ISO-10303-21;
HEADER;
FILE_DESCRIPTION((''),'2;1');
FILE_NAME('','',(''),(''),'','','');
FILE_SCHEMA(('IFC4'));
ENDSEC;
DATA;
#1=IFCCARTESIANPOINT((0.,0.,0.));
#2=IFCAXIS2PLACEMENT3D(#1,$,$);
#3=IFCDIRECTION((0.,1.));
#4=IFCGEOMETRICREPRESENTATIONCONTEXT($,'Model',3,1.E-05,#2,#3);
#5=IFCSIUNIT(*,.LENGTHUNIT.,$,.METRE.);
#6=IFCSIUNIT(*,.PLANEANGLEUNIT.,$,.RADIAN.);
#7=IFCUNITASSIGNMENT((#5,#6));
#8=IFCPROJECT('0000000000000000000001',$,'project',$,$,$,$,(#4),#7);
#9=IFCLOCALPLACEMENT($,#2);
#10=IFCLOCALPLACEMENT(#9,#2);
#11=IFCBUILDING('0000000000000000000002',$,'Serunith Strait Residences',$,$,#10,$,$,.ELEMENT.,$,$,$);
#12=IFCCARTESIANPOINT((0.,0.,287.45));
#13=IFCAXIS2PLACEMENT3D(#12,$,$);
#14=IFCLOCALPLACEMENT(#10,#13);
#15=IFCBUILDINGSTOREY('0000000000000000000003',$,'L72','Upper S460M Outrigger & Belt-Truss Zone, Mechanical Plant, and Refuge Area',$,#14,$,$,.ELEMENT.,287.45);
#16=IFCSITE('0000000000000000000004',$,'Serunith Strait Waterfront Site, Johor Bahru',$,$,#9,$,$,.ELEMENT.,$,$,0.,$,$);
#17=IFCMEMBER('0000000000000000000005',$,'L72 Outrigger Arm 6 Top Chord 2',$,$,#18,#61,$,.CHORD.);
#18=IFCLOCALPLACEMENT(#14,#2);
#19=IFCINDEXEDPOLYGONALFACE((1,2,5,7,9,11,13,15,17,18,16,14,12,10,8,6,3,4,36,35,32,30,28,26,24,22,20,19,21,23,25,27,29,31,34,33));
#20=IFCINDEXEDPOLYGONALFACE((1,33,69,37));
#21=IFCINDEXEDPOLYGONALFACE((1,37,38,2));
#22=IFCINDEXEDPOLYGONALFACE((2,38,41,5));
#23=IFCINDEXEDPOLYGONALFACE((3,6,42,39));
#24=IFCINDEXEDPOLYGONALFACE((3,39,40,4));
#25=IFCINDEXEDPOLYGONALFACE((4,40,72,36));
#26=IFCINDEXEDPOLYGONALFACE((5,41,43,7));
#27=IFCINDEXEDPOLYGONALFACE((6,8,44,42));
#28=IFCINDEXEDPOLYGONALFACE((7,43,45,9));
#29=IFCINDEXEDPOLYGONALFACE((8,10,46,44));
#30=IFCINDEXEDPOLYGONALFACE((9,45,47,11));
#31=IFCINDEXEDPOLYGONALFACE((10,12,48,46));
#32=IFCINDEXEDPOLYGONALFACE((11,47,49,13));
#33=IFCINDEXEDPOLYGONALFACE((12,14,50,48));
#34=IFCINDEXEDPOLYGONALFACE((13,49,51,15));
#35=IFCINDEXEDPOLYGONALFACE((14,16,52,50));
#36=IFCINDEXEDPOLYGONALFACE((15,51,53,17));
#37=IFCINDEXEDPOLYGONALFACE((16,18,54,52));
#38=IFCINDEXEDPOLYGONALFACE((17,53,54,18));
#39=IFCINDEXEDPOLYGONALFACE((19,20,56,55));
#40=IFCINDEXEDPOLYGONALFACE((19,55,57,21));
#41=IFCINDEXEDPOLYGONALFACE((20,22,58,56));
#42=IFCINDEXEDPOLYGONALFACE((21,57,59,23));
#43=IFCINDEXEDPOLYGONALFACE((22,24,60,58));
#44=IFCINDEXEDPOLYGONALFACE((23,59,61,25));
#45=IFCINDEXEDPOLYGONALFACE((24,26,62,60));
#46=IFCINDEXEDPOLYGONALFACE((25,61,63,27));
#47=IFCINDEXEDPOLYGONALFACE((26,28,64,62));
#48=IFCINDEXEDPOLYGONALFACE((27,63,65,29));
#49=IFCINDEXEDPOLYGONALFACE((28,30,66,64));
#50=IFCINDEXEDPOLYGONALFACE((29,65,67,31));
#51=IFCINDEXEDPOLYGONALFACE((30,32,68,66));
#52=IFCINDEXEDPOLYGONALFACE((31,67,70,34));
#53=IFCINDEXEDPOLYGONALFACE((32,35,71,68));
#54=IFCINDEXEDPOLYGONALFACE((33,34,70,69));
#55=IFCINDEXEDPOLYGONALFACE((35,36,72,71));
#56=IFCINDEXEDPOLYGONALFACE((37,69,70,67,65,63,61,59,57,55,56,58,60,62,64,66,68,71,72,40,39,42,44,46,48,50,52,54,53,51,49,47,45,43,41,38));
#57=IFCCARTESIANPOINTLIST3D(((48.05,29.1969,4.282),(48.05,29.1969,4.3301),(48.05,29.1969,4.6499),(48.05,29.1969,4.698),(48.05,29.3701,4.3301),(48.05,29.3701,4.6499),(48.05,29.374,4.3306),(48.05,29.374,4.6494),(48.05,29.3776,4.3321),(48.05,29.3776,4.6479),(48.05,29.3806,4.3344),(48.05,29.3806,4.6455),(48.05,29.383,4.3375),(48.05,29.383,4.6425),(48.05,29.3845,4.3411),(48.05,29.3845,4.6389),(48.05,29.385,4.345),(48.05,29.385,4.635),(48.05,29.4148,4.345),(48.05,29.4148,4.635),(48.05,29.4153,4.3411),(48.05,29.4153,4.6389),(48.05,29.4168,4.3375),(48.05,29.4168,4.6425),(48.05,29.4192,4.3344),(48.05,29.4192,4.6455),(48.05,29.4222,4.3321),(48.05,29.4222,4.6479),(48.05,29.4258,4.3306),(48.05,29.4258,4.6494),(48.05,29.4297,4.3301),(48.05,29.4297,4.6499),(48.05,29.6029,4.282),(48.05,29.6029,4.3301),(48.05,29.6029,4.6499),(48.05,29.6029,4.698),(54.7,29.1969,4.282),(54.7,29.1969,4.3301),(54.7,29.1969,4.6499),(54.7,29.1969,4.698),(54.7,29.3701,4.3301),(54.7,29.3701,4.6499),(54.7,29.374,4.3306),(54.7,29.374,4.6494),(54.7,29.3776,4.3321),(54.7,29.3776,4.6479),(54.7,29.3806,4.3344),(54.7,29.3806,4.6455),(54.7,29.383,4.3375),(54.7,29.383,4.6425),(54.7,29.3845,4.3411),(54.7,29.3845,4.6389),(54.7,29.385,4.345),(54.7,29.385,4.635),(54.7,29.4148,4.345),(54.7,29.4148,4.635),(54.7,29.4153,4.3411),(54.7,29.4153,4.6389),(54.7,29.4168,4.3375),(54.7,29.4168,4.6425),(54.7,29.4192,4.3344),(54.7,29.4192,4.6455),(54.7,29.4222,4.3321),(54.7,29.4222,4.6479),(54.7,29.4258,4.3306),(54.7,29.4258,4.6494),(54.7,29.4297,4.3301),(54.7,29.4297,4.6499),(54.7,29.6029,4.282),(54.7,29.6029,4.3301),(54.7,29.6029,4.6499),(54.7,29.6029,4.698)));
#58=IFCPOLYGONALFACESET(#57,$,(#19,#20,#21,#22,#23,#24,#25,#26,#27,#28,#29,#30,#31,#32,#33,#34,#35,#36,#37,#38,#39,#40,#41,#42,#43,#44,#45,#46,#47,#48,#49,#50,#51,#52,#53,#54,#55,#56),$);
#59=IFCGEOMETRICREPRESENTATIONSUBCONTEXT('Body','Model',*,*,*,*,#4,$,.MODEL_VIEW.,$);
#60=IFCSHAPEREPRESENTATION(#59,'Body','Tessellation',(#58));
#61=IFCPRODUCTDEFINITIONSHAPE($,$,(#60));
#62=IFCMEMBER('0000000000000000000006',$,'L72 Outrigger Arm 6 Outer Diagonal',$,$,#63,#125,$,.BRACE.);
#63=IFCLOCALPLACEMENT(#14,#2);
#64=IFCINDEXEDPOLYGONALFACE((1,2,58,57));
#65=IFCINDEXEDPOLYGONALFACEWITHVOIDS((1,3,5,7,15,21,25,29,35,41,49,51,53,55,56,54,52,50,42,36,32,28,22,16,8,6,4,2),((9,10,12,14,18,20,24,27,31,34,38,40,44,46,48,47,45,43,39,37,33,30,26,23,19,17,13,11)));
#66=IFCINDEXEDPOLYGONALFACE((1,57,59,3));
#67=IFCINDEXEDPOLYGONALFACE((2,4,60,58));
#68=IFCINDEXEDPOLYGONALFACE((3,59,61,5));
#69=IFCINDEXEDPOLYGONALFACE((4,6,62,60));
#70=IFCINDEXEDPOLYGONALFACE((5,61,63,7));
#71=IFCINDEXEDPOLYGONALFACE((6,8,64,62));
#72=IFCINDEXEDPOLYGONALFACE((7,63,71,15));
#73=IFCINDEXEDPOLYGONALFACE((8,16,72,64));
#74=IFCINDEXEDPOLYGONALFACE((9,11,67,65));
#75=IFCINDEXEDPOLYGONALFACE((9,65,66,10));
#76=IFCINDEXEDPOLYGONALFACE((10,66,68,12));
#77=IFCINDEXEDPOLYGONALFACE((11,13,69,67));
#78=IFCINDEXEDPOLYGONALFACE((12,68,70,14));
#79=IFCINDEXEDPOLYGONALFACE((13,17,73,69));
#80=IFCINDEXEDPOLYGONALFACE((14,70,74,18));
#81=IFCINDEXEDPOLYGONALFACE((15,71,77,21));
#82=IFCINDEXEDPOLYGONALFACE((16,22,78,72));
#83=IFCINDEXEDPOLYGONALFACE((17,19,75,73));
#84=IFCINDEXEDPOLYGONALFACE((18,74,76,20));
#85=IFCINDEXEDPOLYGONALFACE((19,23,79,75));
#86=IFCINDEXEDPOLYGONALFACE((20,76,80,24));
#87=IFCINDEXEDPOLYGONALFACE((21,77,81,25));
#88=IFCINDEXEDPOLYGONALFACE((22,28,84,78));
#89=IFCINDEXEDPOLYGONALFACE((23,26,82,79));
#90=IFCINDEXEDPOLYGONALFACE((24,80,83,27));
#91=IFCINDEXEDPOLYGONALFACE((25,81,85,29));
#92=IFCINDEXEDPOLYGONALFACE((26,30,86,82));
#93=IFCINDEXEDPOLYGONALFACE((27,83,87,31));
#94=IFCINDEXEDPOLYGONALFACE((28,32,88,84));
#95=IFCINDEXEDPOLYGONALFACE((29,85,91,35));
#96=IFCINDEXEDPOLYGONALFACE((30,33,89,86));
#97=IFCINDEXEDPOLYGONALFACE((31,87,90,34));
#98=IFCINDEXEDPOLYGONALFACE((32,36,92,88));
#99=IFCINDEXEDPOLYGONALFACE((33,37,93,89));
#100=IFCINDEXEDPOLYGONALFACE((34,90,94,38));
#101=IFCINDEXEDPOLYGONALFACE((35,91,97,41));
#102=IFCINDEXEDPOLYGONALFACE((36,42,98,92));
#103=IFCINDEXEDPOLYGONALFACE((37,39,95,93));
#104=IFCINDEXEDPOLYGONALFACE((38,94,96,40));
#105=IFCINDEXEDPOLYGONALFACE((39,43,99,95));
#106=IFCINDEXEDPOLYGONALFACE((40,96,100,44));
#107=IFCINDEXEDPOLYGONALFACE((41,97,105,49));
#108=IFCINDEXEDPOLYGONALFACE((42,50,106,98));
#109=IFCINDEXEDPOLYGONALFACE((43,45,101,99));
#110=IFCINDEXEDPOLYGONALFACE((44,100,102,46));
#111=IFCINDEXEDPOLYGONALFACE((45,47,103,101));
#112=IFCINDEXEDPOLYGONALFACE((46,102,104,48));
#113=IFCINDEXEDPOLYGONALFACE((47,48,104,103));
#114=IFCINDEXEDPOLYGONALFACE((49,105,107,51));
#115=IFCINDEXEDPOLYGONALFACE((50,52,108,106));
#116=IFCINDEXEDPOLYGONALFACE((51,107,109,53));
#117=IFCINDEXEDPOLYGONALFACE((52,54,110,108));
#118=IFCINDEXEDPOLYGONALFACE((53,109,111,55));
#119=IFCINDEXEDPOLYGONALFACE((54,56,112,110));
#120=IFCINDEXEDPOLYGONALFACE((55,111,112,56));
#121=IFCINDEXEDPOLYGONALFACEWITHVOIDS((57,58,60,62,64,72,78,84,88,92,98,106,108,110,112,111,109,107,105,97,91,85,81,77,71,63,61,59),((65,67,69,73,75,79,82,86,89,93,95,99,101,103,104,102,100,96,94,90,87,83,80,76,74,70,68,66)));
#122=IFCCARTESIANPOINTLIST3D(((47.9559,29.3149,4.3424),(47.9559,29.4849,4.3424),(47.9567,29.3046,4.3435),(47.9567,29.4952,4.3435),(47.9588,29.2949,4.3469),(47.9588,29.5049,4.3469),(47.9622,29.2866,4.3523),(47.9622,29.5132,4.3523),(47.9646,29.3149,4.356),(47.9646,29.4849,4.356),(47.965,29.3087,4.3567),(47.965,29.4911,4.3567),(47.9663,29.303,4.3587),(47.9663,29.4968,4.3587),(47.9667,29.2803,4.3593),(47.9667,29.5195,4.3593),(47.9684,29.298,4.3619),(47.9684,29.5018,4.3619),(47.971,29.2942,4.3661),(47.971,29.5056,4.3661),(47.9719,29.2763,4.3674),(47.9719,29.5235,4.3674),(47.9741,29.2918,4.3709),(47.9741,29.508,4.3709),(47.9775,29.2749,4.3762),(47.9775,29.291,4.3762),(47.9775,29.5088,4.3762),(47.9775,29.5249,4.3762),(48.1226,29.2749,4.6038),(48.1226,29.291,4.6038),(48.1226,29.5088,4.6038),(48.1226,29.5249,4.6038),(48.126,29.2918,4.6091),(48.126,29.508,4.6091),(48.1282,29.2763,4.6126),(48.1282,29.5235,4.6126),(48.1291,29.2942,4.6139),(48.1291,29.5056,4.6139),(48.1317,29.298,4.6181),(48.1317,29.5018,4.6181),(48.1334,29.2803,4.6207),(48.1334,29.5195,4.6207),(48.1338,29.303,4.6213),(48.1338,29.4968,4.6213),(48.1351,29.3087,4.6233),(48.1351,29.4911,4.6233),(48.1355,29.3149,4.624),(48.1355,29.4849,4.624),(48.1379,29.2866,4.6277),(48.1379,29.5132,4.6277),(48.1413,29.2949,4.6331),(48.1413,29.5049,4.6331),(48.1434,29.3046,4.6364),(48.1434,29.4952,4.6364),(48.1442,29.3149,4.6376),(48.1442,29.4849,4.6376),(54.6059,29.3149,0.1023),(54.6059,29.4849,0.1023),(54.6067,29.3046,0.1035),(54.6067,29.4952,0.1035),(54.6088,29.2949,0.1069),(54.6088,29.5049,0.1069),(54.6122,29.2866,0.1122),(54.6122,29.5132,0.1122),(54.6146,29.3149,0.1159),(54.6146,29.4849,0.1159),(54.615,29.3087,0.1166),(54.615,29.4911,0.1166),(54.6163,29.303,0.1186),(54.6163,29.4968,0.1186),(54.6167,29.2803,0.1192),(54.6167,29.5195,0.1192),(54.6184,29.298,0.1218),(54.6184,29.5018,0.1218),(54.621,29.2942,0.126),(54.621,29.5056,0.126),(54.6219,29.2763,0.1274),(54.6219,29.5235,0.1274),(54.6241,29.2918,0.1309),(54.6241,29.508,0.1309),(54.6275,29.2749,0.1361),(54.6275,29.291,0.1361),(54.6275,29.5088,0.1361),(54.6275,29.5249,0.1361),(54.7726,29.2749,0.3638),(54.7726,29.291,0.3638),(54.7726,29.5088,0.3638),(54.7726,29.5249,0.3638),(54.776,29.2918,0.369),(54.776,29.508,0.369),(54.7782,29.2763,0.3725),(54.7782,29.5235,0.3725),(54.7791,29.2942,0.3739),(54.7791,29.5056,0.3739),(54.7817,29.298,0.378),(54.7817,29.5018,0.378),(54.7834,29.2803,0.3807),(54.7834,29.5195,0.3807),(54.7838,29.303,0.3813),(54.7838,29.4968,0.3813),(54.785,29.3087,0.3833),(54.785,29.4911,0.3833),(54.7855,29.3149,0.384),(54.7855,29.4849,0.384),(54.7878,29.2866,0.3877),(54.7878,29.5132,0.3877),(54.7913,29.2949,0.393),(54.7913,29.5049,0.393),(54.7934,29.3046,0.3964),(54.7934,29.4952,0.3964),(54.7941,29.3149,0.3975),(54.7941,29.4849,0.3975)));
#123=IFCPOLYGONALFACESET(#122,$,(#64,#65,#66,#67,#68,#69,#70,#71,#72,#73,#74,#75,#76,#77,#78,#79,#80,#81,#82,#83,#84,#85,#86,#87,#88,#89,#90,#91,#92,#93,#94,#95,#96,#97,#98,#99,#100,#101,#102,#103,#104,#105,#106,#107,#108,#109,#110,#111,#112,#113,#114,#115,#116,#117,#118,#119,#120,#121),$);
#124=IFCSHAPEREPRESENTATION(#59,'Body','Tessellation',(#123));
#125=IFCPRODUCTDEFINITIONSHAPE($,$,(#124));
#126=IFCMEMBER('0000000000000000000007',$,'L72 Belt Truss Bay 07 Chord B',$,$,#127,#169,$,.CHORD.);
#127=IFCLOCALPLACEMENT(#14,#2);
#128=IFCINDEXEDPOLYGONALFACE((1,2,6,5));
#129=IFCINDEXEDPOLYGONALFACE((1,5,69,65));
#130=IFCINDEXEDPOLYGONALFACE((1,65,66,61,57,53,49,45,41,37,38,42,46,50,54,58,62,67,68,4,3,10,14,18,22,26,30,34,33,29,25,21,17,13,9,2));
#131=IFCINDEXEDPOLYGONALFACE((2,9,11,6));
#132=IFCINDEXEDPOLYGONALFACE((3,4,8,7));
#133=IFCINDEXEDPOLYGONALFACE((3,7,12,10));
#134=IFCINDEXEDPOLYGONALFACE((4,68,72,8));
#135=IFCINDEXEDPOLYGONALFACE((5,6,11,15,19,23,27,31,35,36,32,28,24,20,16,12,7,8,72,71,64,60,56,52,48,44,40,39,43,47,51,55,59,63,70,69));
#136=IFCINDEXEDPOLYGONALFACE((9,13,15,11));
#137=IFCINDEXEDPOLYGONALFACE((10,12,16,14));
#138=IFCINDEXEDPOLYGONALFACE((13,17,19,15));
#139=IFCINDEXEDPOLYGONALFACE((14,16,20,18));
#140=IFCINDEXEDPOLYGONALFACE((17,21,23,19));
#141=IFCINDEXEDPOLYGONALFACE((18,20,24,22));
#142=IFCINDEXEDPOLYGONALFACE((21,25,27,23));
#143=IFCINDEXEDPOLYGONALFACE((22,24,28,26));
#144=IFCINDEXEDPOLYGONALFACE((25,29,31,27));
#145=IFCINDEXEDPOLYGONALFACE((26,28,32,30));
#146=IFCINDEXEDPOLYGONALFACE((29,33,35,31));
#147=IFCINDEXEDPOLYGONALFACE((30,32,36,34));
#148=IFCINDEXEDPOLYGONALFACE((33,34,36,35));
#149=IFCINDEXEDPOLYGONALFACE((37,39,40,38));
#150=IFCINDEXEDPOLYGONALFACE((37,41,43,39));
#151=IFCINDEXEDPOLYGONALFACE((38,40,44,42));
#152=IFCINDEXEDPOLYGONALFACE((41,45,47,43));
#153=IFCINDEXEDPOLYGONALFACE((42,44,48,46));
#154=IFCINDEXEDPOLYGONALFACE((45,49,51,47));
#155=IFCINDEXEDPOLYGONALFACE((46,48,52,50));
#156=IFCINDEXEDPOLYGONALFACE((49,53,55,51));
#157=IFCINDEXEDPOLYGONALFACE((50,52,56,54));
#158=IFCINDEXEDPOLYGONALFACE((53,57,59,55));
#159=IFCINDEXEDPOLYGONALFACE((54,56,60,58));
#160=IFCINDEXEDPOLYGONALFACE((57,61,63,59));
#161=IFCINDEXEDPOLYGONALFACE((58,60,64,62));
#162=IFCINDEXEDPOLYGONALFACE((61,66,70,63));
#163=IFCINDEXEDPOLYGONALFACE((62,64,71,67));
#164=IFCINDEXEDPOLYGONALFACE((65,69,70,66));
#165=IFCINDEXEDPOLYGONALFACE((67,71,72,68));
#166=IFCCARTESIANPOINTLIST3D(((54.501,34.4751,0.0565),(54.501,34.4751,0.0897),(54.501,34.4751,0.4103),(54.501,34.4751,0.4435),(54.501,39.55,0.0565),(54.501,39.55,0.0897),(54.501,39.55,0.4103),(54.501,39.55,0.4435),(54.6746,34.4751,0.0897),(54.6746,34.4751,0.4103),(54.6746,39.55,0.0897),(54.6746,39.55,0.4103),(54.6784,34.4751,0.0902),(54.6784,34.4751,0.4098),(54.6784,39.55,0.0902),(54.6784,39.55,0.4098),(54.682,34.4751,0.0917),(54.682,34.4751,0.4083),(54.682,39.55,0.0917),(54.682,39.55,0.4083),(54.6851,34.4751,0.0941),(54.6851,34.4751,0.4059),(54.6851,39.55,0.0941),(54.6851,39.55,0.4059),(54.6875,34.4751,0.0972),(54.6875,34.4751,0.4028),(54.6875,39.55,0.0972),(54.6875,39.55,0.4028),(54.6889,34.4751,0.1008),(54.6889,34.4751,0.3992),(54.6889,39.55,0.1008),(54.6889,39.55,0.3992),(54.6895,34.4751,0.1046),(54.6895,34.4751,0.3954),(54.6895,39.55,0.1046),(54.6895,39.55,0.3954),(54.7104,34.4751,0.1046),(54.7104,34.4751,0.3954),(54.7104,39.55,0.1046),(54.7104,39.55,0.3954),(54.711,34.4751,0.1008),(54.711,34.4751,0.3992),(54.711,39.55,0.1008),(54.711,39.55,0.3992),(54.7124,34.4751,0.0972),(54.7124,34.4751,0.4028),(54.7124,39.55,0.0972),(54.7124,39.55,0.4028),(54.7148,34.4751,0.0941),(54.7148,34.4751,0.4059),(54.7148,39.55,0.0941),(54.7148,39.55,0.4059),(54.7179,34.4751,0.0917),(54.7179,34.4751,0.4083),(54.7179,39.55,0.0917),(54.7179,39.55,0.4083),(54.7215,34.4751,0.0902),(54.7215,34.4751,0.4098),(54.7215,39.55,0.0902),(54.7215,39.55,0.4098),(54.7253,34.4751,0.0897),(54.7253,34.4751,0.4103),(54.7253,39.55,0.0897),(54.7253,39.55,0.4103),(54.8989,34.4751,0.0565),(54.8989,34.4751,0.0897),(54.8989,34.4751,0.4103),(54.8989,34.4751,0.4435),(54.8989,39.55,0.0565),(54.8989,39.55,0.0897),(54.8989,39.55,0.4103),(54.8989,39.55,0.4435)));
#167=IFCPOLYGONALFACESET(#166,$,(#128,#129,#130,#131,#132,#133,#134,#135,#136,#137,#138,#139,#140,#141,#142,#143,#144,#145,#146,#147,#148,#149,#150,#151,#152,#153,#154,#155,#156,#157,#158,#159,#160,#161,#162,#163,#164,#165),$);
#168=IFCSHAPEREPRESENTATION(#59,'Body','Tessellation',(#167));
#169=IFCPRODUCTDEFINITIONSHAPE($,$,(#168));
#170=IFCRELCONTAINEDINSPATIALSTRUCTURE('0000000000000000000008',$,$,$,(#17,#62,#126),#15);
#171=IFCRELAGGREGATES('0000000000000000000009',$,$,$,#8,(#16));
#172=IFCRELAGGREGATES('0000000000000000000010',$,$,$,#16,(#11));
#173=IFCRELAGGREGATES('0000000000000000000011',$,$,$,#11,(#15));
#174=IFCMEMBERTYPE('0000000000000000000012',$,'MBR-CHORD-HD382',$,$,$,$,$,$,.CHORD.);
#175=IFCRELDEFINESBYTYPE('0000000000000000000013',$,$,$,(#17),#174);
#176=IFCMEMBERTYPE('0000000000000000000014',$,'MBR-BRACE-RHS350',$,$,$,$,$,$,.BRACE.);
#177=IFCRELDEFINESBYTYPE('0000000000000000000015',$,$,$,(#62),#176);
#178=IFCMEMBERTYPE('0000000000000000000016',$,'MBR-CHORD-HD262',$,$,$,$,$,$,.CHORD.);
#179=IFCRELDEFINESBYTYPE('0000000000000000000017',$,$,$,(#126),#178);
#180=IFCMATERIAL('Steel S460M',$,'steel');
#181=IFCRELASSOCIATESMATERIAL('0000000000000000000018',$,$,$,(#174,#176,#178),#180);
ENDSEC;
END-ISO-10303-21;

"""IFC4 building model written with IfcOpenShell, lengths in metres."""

from ifc_helpers import new_model, si_unit, direction, frame, origin, origin_2d, place, context, subcontext, project, spatial, hollow_rectangle, i_section, extrude, source, transform, mapped, material, material_profile, profile_set, type_object, element, save


model = new_model("IFC4")

# Units and contexts
model_context = context("Model", 3, precision=1e-05, world=origin(), true_north=direction((0.0, 1.0)))
body_context = subcontext(model_context, "Body", "Model", "MODEL_VIEW")
ifc_project = project(units=[si_unit("LENGTHUNIT", "METRE"), si_unit("PLANEANGLEUNIT", "RADIAN")], contexts=[model_context])

# Site, building, storey
site_placement = place(None, origin())
site = spatial("IfcSite", under=ifc_project, at=site_placement, Name="Serunith Strait Waterfront Site, Johor Bahru", CompositionType="ELEMENT", RefElevation=0.0)
building_placement = place(site_placement, origin())
building = spatial("IfcBuilding", under=site, at=building_placement, Name="Serunith Strait Residences", CompositionType="ELEMENT")
storey_placement = place(building_placement, frame((0.0, 0.0, 287.45)))
storey = spatial("IfcBuildingStorey", under=building, at=storey_placement, Name="L72", Description="Upper S460M Outrigger & Belt-Truss Zone, Mechanical Plant, and Refuge Area", CompositionType="ELEMENT", Elevation=287.45)

# Members
ifc_material_1 = material(Name="Steel S460M", Category="steel")
ifc_material_profile_1 = material_profile(ifc_material_1, i_section(OverallWidth=0.406, OverallDepth=0.416, WebThickness=0.0298, FlangeThickness=0.0481, FilletRadius=0.0149, at=origin_2d()), Name="HD 400x382")
ifc_profile_set_1 = profile_set([ifc_material_profile_1], Name="Steel S460M")
member_type_1 = type_object("IfcMemberType", Name="MBR-CHORD-HD382", PredefinedType="CHORD", material=ifc_profile_set_1)
shared_shape_1 = source(origin(), body_context, "Body", "SweptSolid", [
    extrude(i_section(OverallWidth=0.406, OverallDepth=0.416, WebThickness=0.0298, FlangeThickness=0.0481, FilletRadius=0.0149, at=origin_2d()), origin(), (0.0, 0.0, 1.0), 6.6499),
])
for number, where, z_axis, x_axis, name in (
    (1, (48.05, 29.3999, 4.49), (1.0, 0.0, 0.0), (0.0, 1.0, 0.0), "L72 Outrigger Arm 6 Top Chord 2"),
):
    element("IfcMember", number, at=place(storey_placement, frame(where, z_axis=z_axis, x_axis=x_axis)), inside=storey, type_object=member_type_1, Name=name, PredefinedType="CHORD", context=body_context, shape_type="MappedRepresentation", body=[
        mapped(shared_shape_1, transform((0.0, 0.0, 0.0), scale=1.0)),
    ])
ifc_material_profile_2 = material_profile(ifc_material_1, hollow_rectangle(XDim=0.25, YDim=0.3501, WallThickness=0.0161, InnerFilletRadius=0.0239, OuterFilletRadius=0.04, at=origin_2d()), Name="RHS 350x250x16")
ifc_profile_set_2 = profile_set([ifc_material_profile_2], Name="Steel S460M")
member_type_2 = type_object("IfcMemberType", Name="MBR-BRACE-RHS350", PredefinedType="BRACE", material=ifc_profile_set_2)
shared_shape_2 = source(origin(), body_context, "Body", "SweptSolid", [
    extrude(hollow_rectangle(XDim=0.25, YDim=0.3501, WallThickness=0.0161, InnerFilletRadius=0.0239, OuterFilletRadius=0.04, at=origin_2d()), origin(), (0.0, 0.0, 1.0), 7.8867),
])
member_1_placement = place(storey_placement, frame((48.05, 29.3999, 4.49), z_axis=(0.843188, 0.0, -0.537618), x_axis=(0.0, 1.0, 0.0)))
element("IfcMember", 2, at=member_1_placement, inside=storey, type_object=member_type_2, Name="L72 Outrigger Arm 6 Outer Diagonal", PredefinedType="BRACE", context=body_context, shape_type="MappedRepresentation", body=[
    mapped(shared_shape_2, transform((0.0, 0.0, 0.0), scale=1.0)),
])
ifc_material_profile_3 = material_profile(ifc_material_1, i_section(OverallWidth=0.3979, OverallDepth=0.387, WebThickness=0.021, FlangeThickness=0.0332, FilletRadius=0.0149, at=origin_2d()), Name="HD 400x262")
ifc_profile_set_3 = profile_set([ifc_material_profile_3], Name="Steel S460M")
member_type_3 = type_object("IfcMemberType", Name="MBR-CHORD-HD262", PredefinedType="CHORD", material=ifc_profile_set_3)
shared_shape_3 = source(origin(), body_context, "Body", "SweptSolid", [
    extrude(i_section(OverallWidth=0.3979, OverallDepth=0.387, WebThickness=0.021, FlangeThickness=0.0332, FilletRadius=0.0149, at=origin_2d()), origin(), (0.0, 0.0, 1.0), 5.075),
])
member_2_placement = place(storey_placement, frame((54.7, 34.4751, 0.25), z_axis=(0.0, 1.0, 0.0), x_axis=(-1.0, 0.0, 0.0)))
element("IfcMember", 3, at=member_2_placement, inside=storey, type_object=member_type_3, Name="L72 Belt Truss Bay 07 Chord B", PredefinedType="CHORD", context=body_context, shape_type="MappedRepresentation", body=[
    mapped(shared_shape_3, transform((0.0, 0.0, 0.0), scale=1.0)),
])

save(model, "model.ifc")
